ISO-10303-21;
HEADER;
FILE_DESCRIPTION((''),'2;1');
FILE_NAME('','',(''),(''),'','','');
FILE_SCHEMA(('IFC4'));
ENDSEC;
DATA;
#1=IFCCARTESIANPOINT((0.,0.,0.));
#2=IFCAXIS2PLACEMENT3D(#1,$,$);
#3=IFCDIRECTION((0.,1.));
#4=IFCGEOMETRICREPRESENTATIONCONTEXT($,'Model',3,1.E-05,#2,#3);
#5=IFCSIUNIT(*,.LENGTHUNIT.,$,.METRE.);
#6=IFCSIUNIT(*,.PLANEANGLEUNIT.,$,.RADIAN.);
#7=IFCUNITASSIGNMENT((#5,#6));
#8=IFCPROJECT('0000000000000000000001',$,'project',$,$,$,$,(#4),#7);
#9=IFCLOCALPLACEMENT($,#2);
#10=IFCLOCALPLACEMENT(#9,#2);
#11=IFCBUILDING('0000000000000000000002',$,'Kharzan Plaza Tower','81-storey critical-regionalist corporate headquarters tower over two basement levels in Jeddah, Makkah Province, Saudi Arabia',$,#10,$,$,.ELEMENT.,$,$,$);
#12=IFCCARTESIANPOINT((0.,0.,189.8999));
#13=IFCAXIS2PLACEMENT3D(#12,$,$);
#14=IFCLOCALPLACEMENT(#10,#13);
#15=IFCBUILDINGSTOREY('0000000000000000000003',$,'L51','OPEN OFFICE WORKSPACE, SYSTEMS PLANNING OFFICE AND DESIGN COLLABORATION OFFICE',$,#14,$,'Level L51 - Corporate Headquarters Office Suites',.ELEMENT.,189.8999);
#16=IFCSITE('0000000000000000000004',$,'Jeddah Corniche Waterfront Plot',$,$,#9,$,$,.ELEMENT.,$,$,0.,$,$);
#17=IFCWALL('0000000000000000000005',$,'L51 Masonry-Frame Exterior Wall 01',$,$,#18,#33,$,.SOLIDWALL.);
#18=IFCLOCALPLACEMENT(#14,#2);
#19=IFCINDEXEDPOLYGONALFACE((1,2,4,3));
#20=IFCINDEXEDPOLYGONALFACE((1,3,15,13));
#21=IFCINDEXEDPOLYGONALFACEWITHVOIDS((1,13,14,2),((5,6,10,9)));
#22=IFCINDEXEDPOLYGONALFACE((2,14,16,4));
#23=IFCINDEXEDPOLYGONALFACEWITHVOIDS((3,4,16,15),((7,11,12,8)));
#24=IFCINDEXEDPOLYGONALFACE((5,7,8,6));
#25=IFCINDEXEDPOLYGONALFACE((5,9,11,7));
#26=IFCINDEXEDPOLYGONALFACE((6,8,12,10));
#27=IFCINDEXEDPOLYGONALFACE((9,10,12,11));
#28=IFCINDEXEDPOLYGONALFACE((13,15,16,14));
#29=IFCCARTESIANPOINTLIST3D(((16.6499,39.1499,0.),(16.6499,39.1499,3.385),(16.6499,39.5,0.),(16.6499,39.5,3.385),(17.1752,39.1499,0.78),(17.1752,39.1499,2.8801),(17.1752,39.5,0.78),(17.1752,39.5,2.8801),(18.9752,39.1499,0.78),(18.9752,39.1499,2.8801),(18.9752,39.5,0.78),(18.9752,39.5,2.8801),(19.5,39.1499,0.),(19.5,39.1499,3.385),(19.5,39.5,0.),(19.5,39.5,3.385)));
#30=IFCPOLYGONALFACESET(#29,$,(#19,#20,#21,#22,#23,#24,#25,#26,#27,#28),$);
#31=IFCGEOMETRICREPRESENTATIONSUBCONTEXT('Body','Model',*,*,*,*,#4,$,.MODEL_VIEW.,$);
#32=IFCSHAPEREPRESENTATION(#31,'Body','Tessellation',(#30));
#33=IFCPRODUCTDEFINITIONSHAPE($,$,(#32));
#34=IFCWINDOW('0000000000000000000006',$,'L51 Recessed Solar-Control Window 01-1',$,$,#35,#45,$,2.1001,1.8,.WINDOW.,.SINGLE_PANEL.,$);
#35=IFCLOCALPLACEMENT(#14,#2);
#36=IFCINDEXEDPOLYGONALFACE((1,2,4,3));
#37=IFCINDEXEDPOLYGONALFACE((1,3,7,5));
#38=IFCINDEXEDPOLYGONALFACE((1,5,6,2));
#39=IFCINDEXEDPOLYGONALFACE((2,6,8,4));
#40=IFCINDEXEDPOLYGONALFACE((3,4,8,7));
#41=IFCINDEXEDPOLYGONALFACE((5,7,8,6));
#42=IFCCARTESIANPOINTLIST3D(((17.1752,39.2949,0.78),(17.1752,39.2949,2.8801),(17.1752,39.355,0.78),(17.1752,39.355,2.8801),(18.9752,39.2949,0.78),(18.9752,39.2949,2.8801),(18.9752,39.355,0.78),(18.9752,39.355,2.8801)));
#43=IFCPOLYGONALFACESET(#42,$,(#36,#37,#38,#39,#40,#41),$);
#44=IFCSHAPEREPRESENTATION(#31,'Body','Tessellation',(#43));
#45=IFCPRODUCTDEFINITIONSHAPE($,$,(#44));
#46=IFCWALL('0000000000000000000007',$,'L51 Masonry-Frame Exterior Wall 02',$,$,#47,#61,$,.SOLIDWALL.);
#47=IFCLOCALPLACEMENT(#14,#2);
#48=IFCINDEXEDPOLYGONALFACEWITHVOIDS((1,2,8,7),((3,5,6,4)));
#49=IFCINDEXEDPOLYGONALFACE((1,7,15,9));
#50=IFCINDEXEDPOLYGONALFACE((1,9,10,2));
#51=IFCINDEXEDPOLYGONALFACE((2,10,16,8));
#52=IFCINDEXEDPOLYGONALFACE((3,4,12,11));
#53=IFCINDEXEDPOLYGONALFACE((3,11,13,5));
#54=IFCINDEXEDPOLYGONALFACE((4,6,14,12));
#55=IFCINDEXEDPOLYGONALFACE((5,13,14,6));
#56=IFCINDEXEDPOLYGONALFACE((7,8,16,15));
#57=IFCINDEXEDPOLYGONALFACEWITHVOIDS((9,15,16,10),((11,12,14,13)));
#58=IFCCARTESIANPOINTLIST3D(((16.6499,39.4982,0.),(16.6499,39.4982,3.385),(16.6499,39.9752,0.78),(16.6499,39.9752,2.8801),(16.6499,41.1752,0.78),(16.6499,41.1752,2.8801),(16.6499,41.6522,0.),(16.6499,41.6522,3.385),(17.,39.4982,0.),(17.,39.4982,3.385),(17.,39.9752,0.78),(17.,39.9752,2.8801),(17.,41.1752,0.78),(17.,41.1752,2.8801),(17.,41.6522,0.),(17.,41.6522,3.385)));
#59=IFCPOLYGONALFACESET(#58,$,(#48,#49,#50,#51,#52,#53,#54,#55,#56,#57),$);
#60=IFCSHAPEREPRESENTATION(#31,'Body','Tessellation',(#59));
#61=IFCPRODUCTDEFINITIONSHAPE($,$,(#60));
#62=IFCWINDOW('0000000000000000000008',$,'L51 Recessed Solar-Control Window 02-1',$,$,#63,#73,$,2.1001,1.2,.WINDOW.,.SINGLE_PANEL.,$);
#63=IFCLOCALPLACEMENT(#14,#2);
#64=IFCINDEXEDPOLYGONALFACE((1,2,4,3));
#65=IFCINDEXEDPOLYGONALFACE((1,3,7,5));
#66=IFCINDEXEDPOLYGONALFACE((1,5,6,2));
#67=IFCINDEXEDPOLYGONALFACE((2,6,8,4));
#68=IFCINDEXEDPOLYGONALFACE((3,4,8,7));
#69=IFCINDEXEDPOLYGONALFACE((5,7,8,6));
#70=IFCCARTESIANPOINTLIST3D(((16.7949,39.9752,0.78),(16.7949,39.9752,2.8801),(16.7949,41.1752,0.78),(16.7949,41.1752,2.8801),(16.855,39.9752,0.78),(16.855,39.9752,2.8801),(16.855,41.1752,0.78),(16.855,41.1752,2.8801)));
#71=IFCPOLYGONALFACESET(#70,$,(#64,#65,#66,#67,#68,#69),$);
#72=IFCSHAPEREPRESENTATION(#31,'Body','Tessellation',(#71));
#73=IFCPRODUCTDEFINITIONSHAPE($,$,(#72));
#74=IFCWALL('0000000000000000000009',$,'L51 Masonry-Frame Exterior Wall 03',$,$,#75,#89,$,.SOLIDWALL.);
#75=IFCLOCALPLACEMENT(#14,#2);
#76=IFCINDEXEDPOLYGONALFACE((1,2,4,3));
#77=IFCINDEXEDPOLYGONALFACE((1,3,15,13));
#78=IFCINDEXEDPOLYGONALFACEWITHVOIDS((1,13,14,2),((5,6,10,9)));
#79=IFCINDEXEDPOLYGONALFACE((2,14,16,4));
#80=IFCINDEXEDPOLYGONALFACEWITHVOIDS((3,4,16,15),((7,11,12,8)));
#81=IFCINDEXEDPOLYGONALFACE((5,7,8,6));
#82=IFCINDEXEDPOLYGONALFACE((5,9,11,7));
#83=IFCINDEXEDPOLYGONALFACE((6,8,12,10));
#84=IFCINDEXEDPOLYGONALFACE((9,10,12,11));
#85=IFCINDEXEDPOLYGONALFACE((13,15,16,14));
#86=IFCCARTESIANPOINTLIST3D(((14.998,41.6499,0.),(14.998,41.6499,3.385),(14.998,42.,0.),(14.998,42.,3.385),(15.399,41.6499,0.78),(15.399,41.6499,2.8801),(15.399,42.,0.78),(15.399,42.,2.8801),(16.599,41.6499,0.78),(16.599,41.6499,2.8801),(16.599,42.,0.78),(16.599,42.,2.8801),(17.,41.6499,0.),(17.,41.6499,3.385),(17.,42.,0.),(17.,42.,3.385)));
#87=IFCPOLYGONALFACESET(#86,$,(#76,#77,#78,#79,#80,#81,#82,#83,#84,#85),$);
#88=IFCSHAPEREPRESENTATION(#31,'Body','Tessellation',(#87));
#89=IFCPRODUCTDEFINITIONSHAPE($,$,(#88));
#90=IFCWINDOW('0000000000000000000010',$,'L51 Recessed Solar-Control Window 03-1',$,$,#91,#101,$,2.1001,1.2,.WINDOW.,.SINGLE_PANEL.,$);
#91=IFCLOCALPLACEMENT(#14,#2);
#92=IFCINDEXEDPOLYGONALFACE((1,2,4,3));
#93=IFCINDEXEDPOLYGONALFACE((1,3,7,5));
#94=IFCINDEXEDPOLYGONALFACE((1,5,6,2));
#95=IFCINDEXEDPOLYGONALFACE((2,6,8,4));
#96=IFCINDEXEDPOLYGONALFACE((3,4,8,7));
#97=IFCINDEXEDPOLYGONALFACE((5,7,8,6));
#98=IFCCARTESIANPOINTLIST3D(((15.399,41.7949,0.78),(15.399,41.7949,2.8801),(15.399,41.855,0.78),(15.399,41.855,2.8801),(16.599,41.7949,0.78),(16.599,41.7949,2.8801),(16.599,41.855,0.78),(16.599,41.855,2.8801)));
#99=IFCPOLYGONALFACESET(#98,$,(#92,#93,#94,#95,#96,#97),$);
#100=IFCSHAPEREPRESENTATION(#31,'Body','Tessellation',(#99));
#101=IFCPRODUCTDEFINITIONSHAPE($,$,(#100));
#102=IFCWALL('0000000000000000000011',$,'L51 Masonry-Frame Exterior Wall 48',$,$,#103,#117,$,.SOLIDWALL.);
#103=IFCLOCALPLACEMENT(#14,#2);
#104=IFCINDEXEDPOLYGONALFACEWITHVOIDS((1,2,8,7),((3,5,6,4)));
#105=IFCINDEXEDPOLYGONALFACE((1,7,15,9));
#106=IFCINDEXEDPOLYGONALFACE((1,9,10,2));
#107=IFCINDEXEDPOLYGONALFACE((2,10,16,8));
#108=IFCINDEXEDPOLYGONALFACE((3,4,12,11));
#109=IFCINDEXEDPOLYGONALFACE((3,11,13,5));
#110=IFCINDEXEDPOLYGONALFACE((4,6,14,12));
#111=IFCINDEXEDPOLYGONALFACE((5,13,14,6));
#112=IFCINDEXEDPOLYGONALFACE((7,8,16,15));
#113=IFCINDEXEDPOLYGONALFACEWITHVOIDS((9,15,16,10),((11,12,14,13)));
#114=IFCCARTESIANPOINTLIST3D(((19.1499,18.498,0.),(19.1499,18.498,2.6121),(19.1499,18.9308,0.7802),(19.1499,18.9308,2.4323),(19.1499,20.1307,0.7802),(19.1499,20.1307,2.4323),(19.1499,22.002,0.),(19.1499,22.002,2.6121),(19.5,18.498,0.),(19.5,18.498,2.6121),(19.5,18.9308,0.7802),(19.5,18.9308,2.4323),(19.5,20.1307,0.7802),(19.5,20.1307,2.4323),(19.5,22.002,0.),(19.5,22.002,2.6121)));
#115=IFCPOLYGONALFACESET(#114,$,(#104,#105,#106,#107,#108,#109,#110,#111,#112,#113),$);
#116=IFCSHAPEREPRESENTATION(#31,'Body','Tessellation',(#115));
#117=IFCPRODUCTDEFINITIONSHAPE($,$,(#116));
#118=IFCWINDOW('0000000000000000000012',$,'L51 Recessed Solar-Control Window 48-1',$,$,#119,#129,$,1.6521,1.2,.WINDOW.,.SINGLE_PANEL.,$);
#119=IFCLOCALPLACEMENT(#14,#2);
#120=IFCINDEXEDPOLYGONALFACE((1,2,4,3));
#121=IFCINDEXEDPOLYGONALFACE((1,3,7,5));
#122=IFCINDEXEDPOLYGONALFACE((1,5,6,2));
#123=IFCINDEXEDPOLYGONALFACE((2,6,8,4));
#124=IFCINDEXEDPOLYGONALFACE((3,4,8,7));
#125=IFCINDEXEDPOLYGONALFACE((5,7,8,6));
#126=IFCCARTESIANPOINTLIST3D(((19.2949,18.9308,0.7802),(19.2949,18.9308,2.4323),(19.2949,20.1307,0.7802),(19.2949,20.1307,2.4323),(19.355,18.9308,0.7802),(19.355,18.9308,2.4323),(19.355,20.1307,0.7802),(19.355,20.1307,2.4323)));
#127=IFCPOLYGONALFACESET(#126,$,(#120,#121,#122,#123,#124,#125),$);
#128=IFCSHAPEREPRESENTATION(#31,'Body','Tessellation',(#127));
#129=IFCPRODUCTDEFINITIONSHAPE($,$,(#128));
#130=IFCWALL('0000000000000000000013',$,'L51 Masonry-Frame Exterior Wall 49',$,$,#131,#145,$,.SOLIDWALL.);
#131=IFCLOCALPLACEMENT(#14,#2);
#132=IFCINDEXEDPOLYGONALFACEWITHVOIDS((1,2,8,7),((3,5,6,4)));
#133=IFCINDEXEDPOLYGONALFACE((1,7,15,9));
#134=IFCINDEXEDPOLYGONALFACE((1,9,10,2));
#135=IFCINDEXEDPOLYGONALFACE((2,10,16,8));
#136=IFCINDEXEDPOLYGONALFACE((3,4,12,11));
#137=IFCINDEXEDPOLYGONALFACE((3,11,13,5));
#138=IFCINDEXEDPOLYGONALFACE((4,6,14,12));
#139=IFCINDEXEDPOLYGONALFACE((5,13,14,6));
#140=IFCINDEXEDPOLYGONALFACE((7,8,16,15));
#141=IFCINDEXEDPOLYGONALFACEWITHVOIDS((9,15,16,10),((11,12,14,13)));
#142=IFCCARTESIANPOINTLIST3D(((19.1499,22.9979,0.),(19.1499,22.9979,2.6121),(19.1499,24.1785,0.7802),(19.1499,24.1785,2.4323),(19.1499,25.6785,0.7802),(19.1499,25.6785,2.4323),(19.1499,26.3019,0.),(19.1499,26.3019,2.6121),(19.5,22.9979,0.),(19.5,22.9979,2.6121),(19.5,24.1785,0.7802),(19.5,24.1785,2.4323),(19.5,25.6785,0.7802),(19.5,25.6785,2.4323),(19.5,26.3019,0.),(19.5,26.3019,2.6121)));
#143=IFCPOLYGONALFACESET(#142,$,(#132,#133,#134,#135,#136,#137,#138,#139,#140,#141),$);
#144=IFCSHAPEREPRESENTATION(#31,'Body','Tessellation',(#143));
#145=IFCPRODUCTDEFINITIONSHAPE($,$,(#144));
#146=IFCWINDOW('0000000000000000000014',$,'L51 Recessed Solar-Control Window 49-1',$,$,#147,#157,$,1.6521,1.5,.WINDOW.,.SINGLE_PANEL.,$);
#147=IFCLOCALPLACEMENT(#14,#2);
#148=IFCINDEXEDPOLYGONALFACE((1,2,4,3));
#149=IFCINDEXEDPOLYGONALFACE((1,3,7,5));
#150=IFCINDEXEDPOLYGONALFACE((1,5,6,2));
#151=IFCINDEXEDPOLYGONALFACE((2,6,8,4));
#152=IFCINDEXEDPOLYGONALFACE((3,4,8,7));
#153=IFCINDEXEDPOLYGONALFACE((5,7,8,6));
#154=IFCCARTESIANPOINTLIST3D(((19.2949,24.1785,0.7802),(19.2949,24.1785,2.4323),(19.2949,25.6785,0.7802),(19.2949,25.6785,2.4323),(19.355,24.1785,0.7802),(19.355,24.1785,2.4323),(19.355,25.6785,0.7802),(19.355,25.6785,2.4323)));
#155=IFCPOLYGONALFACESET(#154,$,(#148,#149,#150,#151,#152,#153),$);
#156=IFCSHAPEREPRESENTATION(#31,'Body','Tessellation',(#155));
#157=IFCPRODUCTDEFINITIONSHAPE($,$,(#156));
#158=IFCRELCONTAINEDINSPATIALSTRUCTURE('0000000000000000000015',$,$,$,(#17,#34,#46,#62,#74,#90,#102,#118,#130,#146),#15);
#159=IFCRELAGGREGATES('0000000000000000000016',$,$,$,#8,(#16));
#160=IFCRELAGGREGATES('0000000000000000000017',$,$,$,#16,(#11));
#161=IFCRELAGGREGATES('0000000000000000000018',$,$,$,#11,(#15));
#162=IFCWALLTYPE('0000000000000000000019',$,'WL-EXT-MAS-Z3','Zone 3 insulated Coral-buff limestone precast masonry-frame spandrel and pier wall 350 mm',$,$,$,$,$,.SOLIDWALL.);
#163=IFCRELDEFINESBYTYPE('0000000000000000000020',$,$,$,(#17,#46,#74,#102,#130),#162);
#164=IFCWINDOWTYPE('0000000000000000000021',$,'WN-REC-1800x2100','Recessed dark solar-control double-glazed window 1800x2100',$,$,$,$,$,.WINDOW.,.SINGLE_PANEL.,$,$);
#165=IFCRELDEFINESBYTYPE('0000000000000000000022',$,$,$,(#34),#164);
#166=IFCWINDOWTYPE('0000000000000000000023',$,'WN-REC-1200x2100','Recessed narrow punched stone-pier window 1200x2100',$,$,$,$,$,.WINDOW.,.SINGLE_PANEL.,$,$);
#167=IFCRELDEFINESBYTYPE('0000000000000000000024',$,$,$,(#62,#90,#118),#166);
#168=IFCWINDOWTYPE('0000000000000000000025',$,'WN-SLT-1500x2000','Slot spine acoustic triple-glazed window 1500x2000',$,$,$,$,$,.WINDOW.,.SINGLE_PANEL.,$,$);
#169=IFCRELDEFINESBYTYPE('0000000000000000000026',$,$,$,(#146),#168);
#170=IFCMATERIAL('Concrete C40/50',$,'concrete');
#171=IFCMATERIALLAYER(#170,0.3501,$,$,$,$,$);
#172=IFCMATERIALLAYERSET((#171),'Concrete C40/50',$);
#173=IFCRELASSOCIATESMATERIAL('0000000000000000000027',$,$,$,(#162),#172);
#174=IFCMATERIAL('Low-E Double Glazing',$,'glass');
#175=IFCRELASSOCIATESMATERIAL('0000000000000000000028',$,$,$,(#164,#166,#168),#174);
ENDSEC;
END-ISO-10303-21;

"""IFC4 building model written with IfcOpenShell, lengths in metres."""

from ifc_helpers import new_model, si_unit, direction, frame, frame_2d, origin, place, context, subcontext, project, spatial, rectangle, extrude, source, transform, mapped, material, layer, layer_set, type_object, element, fill, save


model = new_model("IFC4")

# Units and contexts
model_context = context("Model", 3, precision=1e-05, world=origin(), true_north=direction((0.0, 1.0)))
body_context = subcontext(model_context, "Body", "Model", "MODEL_VIEW")
ifc_project = project(units=[si_unit("LENGTHUNIT", "METRE"), si_unit("PLANEANGLEUNIT", "RADIAN")], contexts=[model_context])

# Site, building, storey
site_placement = place(None, origin())
site = spatial("IfcSite", under=ifc_project, at=site_placement, Name="Jeddah Corniche Waterfront Plot", CompositionType="ELEMENT", RefElevation=0.0)
building_placement = place(site_placement, origin())
building = spatial("IfcBuilding", under=site, at=building_placement, Name="Kharzan Plaza Tower", Description="81-storey critical-regionalist corporate headquarters tower over two basement levels in Jeddah, Makkah Province, Saudi Arabia", CompositionType="ELEMENT")
storey_placement = place(building_placement, frame((0.0, 0.0, 189.8999)))
storey = spatial("IfcBuildingStorey", under=building, at=storey_placement, Name="L51", Description="OPEN OFFICE WORKSPACE, SYSTEMS PLANNING OFFICE AND DESIGN COLLABORATION OFFICE", LongName="Level L51 - Corporate Headquarters Office Suites", CompositionType="ELEMENT", Elevation=189.8999)

# Walls, openings, windows
ifc_material_1 = material(Name="Concrete C40/50", Category="concrete")
ifc_layer_1 = layer(ifc_material_1, 0.3501)
ifc_layer_set_1 = layer_set([ifc_layer_1], Name="Concrete C40/50")
wall_type_1 = type_object("IfcWallType", Name="WL-EXT-MAS-Z3", Description="Zone 3 insulated Coral-buff limestone precast masonry-frame spandrel and pier wall 350 mm", PredefinedType="SOLIDWALL", material=ifc_layer_set_1)
wall_1_placement = place(storey_placement, frame((19.5, 39.325, 0.0), z_axis=(0.0, 0.0, 1.0), x_axis=(-1.0, 0.0, 0.0)))
wall_1 = element("IfcWall", 1, at=wall_1_placement, inside=storey, type_object=wall_type_1, Name="L51 Masonry-Frame Exterior Wall 01", PredefinedType="SOLIDWALL", context=body_context, shape_type="SweptSolid", body=[
    extrude(rectangle(XDim=2.8501, YDim=0.3501, at=frame_2d((1.425, 0.0))), origin(), (0.0, 0.0, 1.0), 3.385),
])
opening_1_placement = place(wall_1_placement, frame((0.5249, 0.0, 0.78)))
opening_1 = element("IfcOpeningElement", 2, at=opening_1_placement, cuts=wall_1, PredefinedType="OPENING", context=body_context, shape_type="SweptSolid", body=[
    extrude(rectangle(XDim=1.8, YDim=2.1001, at=frame_2d((0.8999, 1.05))), frame((0.0, 0.1851, 0.0), z_axis=(0.0, -1.0, 0.0), x_axis=(1.0, 0.0, 0.0)), (0.0, 0.0, 1.0), 0.3701),
])
ifc_material_2 = material(Name="Low-E Double Glazing", Category="glass")
window_type_1 = type_object("IfcWindowType", Name="WN-REC-1800x2100", Description="Recessed dark solar-control double-glazed window 1800x2100", PartitioningType="SINGLE_PANEL", PredefinedType="WINDOW", material=ifc_material_2)
shared_shape_1 = source(origin(), body_context, "Body", "SweptSolid", [
    extrude(rectangle(XDim=1.8, YDim=2.1001, at=frame_2d((0.8999, 1.05))), frame((0.0, 0.03, 0.0), z_axis=(0.0, -1.0, 0.0), x_axis=(1.0, 0.0, 0.0)), (0.0, 0.0, 1.0), 0.0601),
])
window_1_placement = place(opening_1_placement, origin())
window_1 = element("IfcWindow", 3, at=window_1_placement, inside=storey, type_object=window_type_1, Name="L51 Recessed Solar-Control Window 01-1", OverallHeight=2.1001, OverallWidth=1.8, PartitioningType="SINGLE_PANEL", PredefinedType="WINDOW", context=body_context, shape_type="MappedRepresentation", body=[
    mapped(shared_shape_1, transform((0.0, 0.0, 0.0), x_axis=(1.0, 0.0, 0.0), y_axis=(0.0, 1.0, 0.0), z_axis=(0.0, 0.0, 1.0))),
])
fill(opening_1, window_1)
wall_2_placement = place(storey_placement, frame((16.825, 39.498, 0.0), z_axis=(0.0, 0.0, 1.0), x_axis=(0.0, 1.0, 0.0)))
wall_2 = element("IfcWall", 4, at=wall_2_placement, inside=storey, type_object=wall_type_1, Name="L51 Masonry-Frame Exterior Wall 02", PredefinedType="SOLIDWALL", context=body_context, shape_type="SweptSolid", body=[
    extrude(rectangle(XDim=2.1541, YDim=0.3501, at=frame_2d((1.0771, 0.0))), origin(), (0.0, 0.0, 1.0), 3.385),
])
opening_2_placement = place(wall_2_placement, frame((0.4771, 0.0, 0.78)))
opening_2 = element("IfcOpeningElement", 5, at=opening_2_placement, cuts=wall_2, PredefinedType="OPENING", context=body_context, shape_type="SweptSolid", body=[
    extrude(rectangle(XDim=1.2, YDim=2.1001, at=frame_2d((0.6001, 1.05))), frame((0.0, 0.1851, 0.0), z_axis=(0.0, -1.0, 0.0), x_axis=(1.0, 0.0, 0.0)), (0.0, 0.0, 1.0), 0.3701),
])
window_type_2 = type_object("IfcWindowType", Name="WN-REC-1200x2100", Description="Recessed narrow punched stone-pier window 1200x2100", PartitioningType="SINGLE_PANEL", PredefinedType="WINDOW", material=ifc_material_2)
shared_shape_2 = source(origin(), body_context, "Body", "SweptSolid", [
    extrude(rectangle(XDim=1.2, YDim=2.1001, at=frame_2d((0.6001, 1.05))), frame((0.0, 0.03, 0.0), z_axis=(0.0, -1.0, 0.0), x_axis=(1.0, 0.0, 0.0)), (0.0, 0.0, 1.0), 0.0601),
])
window_2_placement = place(opening_2_placement, origin())
window_2 = element("IfcWindow", 6, at=window_2_placement, inside=storey, type_object=window_type_2, Name="L51 Recessed Solar-Control Window 02-1", OverallHeight=2.1001, OverallWidth=1.2, PartitioningType="SINGLE_PANEL", PredefinedType="WINDOW", context=body_context, shape_type="MappedRepresentation", body=[
    mapped(shared_shape_2, transform((0.0, 0.0, 0.0), x_axis=(1.0, 0.0, 0.0), y_axis=(0.0, 1.0, 0.0), z_axis=(0.0, 0.0, 1.0))),
])
fill(opening_2, window_2)
wall_3_placement = place(storey_placement, frame((17.0, 41.825, 0.0), z_axis=(0.0, 0.0, 1.0), x_axis=(-1.0, 0.0, 0.0)))
wall_3 = element("IfcWall", 7, at=wall_3_placement, inside=storey, type_object=wall_type_1, Name="L51 Masonry-Frame Exterior Wall 03", PredefinedType="SOLIDWALL", context=body_context, shape_type="SweptSolid", body=[
    extrude(rectangle(XDim=2.002, YDim=0.3501, at=frame_2d((1.001, 0.0))), origin(), (0.0, 0.0, 1.0), 3.385),
])
opening_3_placement = place(wall_3_placement, frame((0.4009, 0.0, 0.78)))
opening_3 = element("IfcOpeningElement", 8, at=opening_3_placement, cuts=wall_3, PredefinedType="OPENING", context=body_context, shape_type="SweptSolid", body=[
    extrude(rectangle(XDim=1.2, YDim=2.1001, at=frame_2d((0.6001, 1.05))), frame((0.0, 0.1851, 0.0), z_axis=(0.0, -1.0, 0.0), x_axis=(1.0, 0.0, 0.0)), (0.0, 0.0, 1.0), 0.3701),
])
window_3_placement = place(opening_3_placement, origin())
window_3 = element("IfcWindow", 9, at=window_3_placement, inside=storey, type_object=window_type_2, Name="L51 Recessed Solar-Control Window 03-1", OverallHeight=2.1001, OverallWidth=1.2, PartitioningType="SINGLE_PANEL", PredefinedType="WINDOW", context=body_context, shape_type="MappedRepresentation", body=[
    mapped(shared_shape_2, transform((0.0, 0.0, 0.0), x_axis=(1.0, 0.0, 0.0), y_axis=(0.0, 1.0, 0.0), z_axis=(0.0, 0.0, 1.0))),
])
fill(opening_3, window_3)
wall_4_placement = place(storey_placement, frame((19.325, 18.498, 0.0), z_axis=(0.0, 0.0, 1.0), x_axis=(0.0, 1.0, 0.0)))
wall_4 = element("IfcWall", 10, at=wall_4_placement, inside=storey, type_object=wall_type_1, Name="L51 Masonry-Frame Exterior Wall 48", PredefinedType="SOLIDWALL", context=body_context, shape_type="SweptSolid", body=[
    extrude(rectangle(XDim=3.5039, YDim=0.3501, at=frame_2d((1.752, 0.0))), origin(), (0.0, 0.0, 1.0), 2.6121),
])
opening_4_placement = place(wall_4_placement, frame((0.4326, 0.0, 0.78)))
opening_4 = element("IfcOpeningElement", 11, at=opening_4_placement, cuts=wall_4, PredefinedType="OPENING", context=body_context, shape_type="SweptSolid", body=[
    extrude(rectangle(XDim=1.2, YDim=1.6521, at=frame_2d((0.6001, 0.8262))), frame((0.0, 0.1851, 0.0), z_axis=(0.0, -1.0, 0.0), x_axis=(1.0, 0.0, 0.0)), (0.0, 0.0, 1.0), 0.3701),
])
shared_shape_3 = source(origin(), body_context, "Body", "SweptSolid", [
    extrude(rectangle(XDim=1.2, YDim=1.6521, at=frame_2d((0.6001, 0.8262))), frame((0.0, 0.03, 0.0), z_axis=(0.0, -1.0, 0.0), x_axis=(1.0, 0.0, 0.0)), (0.0, 0.0, 1.0), 0.0601),
])
window_4_placement = place(opening_4_placement, origin())
window_4 = element("IfcWindow", 12, at=window_4_placement, inside=storey, type_object=window_type_2, Name="L51 Recessed Solar-Control Window 48-1", OverallHeight=1.6521, OverallWidth=1.2, PartitioningType="SINGLE_PANEL", PredefinedType="WINDOW", context=body_context, shape_type="MappedRepresentation", body=[
    mapped(shared_shape_3, transform((0.0, 0.0, 0.0), x_axis=(1.0, 0.0, 0.0), y_axis=(0.0, 1.0, 0.0), z_axis=(0.0, 0.0, 1.0))),
])
fill(opening_4, window_4)
wall_5_placement = place(storey_placement, frame((19.325, 22.998, 0.0), z_axis=(0.0, 0.0, 1.0), x_axis=(0.0, 1.0, 0.0)))
wall_5 = element("IfcWall", 13, at=wall_5_placement, inside=storey, type_object=wall_type_1, Name="L51 Masonry-Frame Exterior Wall 49", PredefinedType="SOLIDWALL", context=body_context, shape_type="SweptSolid", body=[
    extrude(rectangle(XDim=3.304, YDim=0.3501, at=frame_2d((1.6519, 0.0))), origin(), (0.0, 0.0, 1.0), 2.6121),
])
opening_5_placement = place(wall_5_placement, frame((1.1804, 0.0, 0.78)))
opening_5 = element("IfcOpeningElement", 14, at=opening_5_placement, cuts=wall_5, PredefinedType="OPENING", context=body_context, shape_type="SweptSolid", body=[
    extrude(rectangle(XDim=1.5, YDim=1.6521, at=frame_2d((0.75, 0.8262))), frame((0.0, 0.1851, 0.0), z_axis=(0.0, -1.0, 0.0), x_axis=(1.0, 0.0, 0.0)), (0.0, 0.0, 1.0), 0.3701),
])
window_type_3 = type_object("IfcWindowType", Name="WN-SLT-1500x2000", Description="Slot spine acoustic triple-glazed window 1500x2000", PartitioningType="SINGLE_PANEL", PredefinedType="WINDOW", material=ifc_material_2)
shared_shape_4 = source(origin(), body_context, "Body", "SweptSolid", [
    extrude(rectangle(XDim=1.5, YDim=1.6521, at=frame_2d((0.75, 0.8262))), frame((0.0, 0.03, 0.0), z_axis=(0.0, -1.0, 0.0), x_axis=(1.0, 0.0, 0.0)), (0.0, 0.0, 1.0), 0.0601),
])
window_5_placement = place(opening_5_placement, origin())
window_5 = element("IfcWindow", 15, at=window_5_placement, inside=storey, type_object=window_type_3, Name="L51 Recessed Solar-Control Window 49-1", OverallHeight=1.6521, OverallWidth=1.5, PartitioningType="SINGLE_PANEL", PredefinedType="WINDOW", context=body_context, shape_type="MappedRepresentation", body=[
    mapped(shared_shape_4, transform((0.0, 0.0, 0.0), x_axis=(1.0, 0.0, 0.0), y_axis=(0.0, 1.0, 0.0), z_axis=(0.0, 0.0, 1.0))),
])
fill(opening_5, window_5)

save(model, "model.ifc")
